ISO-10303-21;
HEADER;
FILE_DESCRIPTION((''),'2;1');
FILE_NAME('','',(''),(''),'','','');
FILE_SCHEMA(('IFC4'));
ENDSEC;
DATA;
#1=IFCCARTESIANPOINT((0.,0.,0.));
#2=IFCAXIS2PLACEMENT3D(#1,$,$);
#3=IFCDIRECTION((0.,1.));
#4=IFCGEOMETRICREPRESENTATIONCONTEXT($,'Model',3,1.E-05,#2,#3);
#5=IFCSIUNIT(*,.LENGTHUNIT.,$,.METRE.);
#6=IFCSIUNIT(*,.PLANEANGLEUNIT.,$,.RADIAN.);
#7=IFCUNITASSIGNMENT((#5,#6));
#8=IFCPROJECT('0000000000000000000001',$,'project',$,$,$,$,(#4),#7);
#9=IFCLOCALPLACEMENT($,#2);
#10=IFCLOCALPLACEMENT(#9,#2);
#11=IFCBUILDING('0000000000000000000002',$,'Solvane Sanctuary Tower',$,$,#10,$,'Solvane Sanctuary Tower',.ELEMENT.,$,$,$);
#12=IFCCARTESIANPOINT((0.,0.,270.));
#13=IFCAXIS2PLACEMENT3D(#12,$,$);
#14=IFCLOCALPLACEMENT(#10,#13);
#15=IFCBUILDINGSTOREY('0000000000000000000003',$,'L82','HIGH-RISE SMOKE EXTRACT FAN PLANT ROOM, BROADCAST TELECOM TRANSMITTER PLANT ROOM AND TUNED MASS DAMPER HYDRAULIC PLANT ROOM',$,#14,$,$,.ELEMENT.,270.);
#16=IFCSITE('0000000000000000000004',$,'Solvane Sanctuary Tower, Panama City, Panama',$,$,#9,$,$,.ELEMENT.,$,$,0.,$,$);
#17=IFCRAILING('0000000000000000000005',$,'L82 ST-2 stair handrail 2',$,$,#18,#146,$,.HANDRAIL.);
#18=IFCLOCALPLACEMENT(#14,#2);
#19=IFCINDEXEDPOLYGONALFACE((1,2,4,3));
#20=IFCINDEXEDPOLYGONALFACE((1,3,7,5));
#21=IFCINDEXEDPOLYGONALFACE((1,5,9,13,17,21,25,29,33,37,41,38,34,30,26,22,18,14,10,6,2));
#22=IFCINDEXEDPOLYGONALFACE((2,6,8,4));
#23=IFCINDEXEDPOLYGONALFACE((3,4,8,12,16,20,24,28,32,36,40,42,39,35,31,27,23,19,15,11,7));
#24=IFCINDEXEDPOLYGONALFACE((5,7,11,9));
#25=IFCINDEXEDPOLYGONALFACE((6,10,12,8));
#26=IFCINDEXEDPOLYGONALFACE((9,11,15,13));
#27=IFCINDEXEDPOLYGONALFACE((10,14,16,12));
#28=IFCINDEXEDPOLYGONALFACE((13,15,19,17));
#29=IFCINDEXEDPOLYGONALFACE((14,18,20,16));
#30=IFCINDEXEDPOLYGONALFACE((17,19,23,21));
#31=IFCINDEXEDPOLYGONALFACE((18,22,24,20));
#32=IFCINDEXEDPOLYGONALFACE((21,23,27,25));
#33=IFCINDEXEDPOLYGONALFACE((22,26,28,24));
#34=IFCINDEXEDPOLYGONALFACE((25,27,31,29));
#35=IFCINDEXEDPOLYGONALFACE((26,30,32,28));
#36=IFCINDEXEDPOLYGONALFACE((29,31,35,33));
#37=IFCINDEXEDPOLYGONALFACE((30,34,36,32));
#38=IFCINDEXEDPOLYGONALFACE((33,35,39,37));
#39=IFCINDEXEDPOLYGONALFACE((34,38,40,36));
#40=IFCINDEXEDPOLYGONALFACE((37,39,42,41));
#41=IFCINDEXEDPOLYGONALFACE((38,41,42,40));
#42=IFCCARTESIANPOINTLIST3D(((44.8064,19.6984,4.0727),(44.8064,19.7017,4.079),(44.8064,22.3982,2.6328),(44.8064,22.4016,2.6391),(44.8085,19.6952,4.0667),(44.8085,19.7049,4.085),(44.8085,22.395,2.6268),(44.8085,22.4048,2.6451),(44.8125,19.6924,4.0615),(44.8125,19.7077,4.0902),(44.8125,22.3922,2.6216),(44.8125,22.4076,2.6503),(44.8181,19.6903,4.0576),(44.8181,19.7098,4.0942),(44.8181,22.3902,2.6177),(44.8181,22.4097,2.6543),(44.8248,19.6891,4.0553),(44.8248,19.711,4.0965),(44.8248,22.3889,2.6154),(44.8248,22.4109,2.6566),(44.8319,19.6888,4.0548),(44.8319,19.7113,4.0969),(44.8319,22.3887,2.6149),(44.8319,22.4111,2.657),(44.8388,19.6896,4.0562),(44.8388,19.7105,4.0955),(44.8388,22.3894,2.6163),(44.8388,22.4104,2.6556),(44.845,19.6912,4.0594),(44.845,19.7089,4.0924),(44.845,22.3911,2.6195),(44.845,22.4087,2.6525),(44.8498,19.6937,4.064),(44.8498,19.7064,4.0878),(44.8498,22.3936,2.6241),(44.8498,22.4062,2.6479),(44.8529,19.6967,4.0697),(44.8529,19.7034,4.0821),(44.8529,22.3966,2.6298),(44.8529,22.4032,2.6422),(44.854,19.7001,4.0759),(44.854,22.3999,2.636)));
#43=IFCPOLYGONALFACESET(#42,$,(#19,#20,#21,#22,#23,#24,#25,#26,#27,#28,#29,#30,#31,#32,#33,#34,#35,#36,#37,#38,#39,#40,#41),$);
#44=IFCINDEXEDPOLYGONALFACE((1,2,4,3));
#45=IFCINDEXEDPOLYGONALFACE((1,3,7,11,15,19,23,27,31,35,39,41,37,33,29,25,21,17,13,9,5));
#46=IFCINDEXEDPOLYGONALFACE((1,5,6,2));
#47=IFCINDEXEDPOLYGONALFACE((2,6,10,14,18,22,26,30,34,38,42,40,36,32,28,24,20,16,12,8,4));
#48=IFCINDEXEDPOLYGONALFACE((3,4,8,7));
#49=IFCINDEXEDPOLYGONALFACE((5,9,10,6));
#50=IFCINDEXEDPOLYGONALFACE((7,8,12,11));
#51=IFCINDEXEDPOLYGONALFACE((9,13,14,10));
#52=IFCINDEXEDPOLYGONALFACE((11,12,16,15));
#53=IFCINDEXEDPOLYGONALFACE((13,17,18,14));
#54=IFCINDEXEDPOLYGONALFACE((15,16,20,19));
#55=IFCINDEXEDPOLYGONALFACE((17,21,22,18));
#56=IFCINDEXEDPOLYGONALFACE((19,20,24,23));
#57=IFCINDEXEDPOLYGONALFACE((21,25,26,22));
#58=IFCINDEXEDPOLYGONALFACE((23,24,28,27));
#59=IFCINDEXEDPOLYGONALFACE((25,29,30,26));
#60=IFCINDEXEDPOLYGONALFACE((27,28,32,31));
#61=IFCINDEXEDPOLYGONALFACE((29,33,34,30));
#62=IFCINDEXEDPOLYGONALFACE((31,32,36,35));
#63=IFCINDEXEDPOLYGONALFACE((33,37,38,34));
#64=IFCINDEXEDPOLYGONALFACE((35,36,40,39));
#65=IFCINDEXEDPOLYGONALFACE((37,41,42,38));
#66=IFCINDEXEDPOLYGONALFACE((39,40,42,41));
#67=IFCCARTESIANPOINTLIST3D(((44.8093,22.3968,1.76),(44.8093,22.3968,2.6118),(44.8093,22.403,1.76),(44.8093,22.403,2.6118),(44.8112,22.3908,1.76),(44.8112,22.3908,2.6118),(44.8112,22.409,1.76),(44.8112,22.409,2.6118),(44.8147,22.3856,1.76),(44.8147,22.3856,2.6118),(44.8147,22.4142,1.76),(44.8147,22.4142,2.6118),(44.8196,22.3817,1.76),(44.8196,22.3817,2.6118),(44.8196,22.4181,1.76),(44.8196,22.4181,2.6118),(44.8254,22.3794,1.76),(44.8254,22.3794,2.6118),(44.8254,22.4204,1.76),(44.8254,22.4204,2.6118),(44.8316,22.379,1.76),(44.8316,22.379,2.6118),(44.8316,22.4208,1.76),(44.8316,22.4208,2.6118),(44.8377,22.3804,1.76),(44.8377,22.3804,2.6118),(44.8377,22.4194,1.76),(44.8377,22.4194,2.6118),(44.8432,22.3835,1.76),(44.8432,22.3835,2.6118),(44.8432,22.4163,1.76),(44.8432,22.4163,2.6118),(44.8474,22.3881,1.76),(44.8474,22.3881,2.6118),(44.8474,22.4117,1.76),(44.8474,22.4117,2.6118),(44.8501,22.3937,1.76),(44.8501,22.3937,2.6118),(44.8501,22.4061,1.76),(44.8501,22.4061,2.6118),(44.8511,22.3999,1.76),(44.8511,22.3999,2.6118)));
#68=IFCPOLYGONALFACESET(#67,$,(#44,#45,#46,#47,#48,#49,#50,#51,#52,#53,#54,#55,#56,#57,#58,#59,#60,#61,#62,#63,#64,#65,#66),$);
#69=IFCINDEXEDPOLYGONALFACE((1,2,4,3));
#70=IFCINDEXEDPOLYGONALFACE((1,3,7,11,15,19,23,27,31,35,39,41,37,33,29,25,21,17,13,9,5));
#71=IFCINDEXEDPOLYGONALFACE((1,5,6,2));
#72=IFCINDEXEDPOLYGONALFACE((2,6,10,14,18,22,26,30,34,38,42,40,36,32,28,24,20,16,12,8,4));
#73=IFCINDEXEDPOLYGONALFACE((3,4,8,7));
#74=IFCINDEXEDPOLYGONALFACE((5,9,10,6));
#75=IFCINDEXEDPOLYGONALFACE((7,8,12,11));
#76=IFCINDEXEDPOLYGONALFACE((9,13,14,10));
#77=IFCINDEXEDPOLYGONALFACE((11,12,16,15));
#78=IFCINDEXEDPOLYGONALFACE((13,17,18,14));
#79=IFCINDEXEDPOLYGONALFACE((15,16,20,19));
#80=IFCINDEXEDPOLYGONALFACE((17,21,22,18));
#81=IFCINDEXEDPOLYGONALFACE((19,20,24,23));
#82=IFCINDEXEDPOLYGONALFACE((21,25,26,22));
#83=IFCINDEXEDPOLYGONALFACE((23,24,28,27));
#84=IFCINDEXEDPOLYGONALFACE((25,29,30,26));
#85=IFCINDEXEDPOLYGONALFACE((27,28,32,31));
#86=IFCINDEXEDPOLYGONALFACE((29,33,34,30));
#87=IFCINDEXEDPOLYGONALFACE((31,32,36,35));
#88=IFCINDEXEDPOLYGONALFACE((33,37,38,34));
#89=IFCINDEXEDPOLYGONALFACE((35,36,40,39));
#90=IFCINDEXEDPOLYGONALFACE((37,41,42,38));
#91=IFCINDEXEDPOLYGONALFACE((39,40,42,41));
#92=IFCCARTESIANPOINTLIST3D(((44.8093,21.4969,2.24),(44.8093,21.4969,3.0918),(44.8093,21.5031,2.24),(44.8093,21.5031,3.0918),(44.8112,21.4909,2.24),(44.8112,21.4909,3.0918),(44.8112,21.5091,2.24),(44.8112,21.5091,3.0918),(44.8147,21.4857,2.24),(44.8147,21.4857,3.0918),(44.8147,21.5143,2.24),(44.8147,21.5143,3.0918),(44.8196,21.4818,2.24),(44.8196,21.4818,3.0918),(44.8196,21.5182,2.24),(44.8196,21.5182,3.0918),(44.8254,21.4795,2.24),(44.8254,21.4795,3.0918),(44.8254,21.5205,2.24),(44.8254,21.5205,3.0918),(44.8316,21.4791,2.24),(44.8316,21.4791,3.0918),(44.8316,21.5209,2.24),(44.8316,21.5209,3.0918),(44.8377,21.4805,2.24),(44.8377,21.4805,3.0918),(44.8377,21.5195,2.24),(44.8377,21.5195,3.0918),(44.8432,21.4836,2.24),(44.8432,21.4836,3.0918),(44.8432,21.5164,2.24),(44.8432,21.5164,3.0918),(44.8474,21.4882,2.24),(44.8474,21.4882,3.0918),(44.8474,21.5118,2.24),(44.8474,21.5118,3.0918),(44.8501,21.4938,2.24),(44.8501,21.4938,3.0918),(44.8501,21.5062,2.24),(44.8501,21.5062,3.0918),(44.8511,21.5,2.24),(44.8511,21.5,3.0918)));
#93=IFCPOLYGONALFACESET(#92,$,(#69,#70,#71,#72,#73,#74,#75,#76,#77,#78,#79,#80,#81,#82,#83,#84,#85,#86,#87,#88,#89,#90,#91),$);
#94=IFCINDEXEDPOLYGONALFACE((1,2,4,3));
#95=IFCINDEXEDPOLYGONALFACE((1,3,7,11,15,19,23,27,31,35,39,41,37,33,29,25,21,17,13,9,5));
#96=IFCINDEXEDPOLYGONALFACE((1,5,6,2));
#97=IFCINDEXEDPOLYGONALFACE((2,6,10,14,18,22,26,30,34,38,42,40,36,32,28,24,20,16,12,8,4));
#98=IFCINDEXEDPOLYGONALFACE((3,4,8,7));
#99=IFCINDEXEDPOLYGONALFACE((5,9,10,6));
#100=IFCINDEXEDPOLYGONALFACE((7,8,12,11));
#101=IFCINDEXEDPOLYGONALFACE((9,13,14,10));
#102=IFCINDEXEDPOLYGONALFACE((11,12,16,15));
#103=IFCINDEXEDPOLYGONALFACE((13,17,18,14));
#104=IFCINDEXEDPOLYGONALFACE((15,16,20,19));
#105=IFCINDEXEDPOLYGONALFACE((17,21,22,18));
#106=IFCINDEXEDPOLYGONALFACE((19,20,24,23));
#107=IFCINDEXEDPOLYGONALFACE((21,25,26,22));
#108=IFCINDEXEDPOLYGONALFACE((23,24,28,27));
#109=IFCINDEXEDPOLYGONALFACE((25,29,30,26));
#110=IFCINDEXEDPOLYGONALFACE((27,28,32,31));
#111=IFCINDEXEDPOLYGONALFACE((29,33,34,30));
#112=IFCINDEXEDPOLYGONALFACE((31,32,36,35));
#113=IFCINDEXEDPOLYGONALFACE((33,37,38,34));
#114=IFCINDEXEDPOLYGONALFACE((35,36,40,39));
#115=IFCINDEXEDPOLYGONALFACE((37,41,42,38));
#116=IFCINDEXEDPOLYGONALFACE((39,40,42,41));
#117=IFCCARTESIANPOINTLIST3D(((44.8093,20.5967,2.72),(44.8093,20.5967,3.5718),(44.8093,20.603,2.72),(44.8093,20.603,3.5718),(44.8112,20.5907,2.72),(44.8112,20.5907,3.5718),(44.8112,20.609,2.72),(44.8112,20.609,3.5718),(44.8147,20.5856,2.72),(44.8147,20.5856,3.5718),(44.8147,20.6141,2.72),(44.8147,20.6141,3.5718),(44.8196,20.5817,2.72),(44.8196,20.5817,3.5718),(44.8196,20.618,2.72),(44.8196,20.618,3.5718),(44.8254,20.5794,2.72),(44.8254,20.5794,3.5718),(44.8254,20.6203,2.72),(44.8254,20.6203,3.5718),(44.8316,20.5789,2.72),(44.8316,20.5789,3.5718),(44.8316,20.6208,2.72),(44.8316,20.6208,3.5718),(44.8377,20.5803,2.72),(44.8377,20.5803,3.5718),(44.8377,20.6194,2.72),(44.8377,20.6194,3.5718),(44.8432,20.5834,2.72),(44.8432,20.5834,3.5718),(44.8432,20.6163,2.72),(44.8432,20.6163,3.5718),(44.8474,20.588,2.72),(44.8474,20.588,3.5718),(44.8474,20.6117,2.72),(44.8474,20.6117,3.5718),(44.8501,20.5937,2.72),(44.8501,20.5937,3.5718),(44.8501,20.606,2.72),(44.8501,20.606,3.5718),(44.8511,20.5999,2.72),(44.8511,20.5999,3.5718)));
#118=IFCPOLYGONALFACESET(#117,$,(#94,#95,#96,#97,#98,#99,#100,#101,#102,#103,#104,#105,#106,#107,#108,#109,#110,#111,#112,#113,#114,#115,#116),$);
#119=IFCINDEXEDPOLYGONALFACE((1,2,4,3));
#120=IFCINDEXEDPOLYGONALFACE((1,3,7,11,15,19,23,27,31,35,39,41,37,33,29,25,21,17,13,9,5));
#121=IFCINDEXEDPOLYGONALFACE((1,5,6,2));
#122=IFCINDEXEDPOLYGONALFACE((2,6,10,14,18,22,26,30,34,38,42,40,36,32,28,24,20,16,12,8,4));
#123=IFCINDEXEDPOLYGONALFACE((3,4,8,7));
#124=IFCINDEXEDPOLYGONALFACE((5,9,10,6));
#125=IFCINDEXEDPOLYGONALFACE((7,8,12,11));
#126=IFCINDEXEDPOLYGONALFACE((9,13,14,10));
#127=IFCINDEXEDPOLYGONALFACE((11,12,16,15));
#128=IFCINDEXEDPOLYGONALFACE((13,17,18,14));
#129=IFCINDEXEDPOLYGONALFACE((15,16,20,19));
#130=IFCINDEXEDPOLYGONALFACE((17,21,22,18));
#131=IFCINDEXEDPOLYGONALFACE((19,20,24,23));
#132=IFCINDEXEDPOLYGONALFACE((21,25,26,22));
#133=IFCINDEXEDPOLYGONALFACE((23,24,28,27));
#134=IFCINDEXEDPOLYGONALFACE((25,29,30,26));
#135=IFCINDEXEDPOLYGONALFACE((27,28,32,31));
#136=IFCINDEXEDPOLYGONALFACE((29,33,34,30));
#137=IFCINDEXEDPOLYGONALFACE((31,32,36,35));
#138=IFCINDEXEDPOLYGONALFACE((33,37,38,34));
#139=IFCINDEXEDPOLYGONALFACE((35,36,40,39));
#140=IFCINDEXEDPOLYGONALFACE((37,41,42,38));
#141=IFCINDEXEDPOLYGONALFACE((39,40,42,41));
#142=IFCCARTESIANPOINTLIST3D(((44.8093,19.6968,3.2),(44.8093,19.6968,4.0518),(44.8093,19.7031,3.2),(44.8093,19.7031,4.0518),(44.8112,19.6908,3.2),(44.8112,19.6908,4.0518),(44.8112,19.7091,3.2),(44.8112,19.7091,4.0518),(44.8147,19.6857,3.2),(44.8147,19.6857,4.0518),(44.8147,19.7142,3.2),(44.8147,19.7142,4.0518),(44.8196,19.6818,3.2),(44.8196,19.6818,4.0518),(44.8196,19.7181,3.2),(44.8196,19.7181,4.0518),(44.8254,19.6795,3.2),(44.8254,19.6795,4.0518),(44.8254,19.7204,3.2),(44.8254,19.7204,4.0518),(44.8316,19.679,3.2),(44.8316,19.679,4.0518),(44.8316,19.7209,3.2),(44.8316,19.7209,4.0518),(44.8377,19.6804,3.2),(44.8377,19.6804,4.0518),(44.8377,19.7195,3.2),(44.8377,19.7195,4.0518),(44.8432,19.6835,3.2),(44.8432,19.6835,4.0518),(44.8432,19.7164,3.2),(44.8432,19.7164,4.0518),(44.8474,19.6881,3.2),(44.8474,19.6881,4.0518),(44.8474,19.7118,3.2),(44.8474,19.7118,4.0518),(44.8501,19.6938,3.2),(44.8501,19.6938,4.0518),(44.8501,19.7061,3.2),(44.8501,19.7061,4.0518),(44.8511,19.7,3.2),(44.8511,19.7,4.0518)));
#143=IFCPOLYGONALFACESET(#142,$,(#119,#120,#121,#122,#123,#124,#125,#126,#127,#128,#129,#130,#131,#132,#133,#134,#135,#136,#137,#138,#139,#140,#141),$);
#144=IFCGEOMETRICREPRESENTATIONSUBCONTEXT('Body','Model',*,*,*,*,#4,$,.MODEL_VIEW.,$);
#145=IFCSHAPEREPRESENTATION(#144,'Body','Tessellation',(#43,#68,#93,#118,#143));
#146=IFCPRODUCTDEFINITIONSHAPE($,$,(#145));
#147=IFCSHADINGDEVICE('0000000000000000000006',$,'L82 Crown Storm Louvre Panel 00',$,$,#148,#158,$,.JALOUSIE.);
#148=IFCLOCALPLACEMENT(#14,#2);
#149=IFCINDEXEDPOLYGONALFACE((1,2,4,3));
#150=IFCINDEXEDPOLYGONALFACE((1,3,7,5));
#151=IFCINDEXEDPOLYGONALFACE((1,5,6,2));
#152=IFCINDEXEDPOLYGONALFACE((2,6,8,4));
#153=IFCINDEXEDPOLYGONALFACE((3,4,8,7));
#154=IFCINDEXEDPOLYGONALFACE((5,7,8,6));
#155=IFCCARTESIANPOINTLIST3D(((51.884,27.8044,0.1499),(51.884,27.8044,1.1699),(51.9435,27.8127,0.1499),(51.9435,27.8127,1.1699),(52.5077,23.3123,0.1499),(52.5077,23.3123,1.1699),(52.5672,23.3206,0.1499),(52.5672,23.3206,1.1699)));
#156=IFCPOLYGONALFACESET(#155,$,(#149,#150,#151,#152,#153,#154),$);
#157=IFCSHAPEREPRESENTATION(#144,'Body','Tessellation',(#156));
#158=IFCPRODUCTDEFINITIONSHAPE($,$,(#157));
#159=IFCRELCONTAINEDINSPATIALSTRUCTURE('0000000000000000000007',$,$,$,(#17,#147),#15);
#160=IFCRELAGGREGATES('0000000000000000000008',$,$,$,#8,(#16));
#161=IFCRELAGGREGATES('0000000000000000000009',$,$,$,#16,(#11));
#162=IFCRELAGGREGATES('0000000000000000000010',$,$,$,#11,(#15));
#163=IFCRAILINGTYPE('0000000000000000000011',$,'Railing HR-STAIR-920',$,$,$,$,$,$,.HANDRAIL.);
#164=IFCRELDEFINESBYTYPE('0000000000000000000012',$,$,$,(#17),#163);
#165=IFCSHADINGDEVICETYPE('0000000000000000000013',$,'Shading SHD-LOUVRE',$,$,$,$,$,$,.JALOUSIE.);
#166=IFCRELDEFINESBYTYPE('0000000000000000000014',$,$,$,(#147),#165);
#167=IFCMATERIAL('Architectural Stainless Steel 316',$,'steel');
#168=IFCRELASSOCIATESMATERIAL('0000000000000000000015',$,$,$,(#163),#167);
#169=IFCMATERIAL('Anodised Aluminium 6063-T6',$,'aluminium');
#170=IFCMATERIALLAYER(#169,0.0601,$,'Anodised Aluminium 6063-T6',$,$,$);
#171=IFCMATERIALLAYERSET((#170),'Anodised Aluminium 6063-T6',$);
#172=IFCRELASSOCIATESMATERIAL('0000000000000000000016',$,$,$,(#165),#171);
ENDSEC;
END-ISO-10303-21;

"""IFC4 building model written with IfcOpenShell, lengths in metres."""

from ifc_helpers import new_model, si_unit, direction, frame, origin, origin_2d, place, context, subcontext, project, spatial, rectangle, circle, extrude, material, layer, layer_set, type_object, element, save


model = new_model("IFC4")

# Units and contexts
model_context = context("Model", 3, precision=1e-05, world=origin(), true_north=direction((0.0, 1.0)))
body_context = subcontext(model_context, "Body", "Model", "MODEL_VIEW")
ifc_project = project(units=[si_unit("LENGTHUNIT", "METRE"), si_unit("PLANEANGLEUNIT", "RADIAN")], contexts=[model_context])

# Site, building, storey
site_placement = place(None, origin())
site = spatial("IfcSite", under=ifc_project, at=site_placement, Name="Solvane Sanctuary Tower, Panama City, Panama", CompositionType="ELEMENT", RefElevation=0.0)
building_placement = place(site_placement, origin())
building = spatial("IfcBuilding", under=site, at=building_placement, Name="Solvane Sanctuary Tower", LongName="Solvane Sanctuary Tower", CompositionType="ELEMENT")
storey_placement = place(building_placement, frame((0.0, 0.0, 270.0)))
storey = spatial("IfcBuildingStorey", under=building, at=storey_placement, Name="L82", Description="HIGH-RISE SMOKE EXTRACT FAN PLANT ROOM, BROADCAST TELECOM TRANSMITTER PLANT ROOM AND TUNED MASS DAMPER HYDRAULIC PLANT ROOM", CompositionType="ELEMENT", Elevation=270.0)

# Shared definitions
ifc_material_1 = material(Name="Anodised Aluminium 6063-T6", Category="aluminium")

# Shared definitions
ifc_material_2 = material(Name="Architectural Stainless Steel 316", Category="steel")

# Railing
railing_type_1 = type_object("IfcRailingType", Name="Railing HR-STAIR-920", PredefinedType="HANDRAIL", material=ifc_material_2)
railing_1_placement = place(storey_placement, frame((44.8301, 22.3999, 1.76)))
element("IfcRailing", 1, at=railing_1_placement, inside=storey, type_object=railing_type_1, Name="L82 ST-2 stair handrail 2", PredefinedType="HANDRAIL", context=body_context, shape_type="SweptSolid", body=[
    extrude(circle(Radius=0.0239, at=origin_2d()), frame((0.0, 0.0, 0.876), z_axis=(0.0, -0.882357, 0.47058), x_axis=(1.0, 0.0, 0.0)), (0.0, 0.0, 1.0), 3.0598),
    extrude(circle(Radius=0.021, at=origin_2d()), origin(), (0.0, 0.0, 1.0), 0.8518),
    extrude(circle(Radius=0.021, at=origin_2d()), frame((0.0, -0.8999, 0.48)), (0.0, 0.0, 1.0), 0.8518),
    extrude(circle(Radius=0.021, at=origin_2d()), frame((0.0, -1.8, 0.96)), (0.0, 0.0, 1.0), 0.8518),
    extrude(circle(Radius=0.021, at=origin_2d()), frame((0.0, -2.7, 1.4399)), (0.0, 0.0, 1.0), 0.8518),
])

# Shading device
ifc_layer_1 = layer(ifc_material_1, 0.0601, Name="Anodised Aluminium 6063-T6")
ifc_layer_set_1 = layer_set([ifc_layer_1], Name="Anodised Aluminium 6063-T6")
shading_device_type = type_object("IfcShadingDeviceType", Name="Shading SHD-LOUVRE", PredefinedType="JALOUSIE", material=ifc_layer_set_1)
shading_device_placement = place(storey_placement, frame((52.2256, 25.5625, 0.1499), z_axis=(0.0, 0.0, 1.0), x_axis=(-0.137522, 0.990499, 0.0)))
element("IfcShadingDevice", 2, at=shading_device_placement, inside=storey, type_object=shading_device_type, Name="L82 Crown Storm Louvre Panel 00", PredefinedType="JALOUSIE", context=body_context, shape_type="SweptSolid", body=[
    extrude(rectangle(XDim=4.5352, YDim=0.0601, at=origin_2d()), origin(), (0.0, 0.0, 1.0), 1.02),
])

save(model, "model.ifc")
